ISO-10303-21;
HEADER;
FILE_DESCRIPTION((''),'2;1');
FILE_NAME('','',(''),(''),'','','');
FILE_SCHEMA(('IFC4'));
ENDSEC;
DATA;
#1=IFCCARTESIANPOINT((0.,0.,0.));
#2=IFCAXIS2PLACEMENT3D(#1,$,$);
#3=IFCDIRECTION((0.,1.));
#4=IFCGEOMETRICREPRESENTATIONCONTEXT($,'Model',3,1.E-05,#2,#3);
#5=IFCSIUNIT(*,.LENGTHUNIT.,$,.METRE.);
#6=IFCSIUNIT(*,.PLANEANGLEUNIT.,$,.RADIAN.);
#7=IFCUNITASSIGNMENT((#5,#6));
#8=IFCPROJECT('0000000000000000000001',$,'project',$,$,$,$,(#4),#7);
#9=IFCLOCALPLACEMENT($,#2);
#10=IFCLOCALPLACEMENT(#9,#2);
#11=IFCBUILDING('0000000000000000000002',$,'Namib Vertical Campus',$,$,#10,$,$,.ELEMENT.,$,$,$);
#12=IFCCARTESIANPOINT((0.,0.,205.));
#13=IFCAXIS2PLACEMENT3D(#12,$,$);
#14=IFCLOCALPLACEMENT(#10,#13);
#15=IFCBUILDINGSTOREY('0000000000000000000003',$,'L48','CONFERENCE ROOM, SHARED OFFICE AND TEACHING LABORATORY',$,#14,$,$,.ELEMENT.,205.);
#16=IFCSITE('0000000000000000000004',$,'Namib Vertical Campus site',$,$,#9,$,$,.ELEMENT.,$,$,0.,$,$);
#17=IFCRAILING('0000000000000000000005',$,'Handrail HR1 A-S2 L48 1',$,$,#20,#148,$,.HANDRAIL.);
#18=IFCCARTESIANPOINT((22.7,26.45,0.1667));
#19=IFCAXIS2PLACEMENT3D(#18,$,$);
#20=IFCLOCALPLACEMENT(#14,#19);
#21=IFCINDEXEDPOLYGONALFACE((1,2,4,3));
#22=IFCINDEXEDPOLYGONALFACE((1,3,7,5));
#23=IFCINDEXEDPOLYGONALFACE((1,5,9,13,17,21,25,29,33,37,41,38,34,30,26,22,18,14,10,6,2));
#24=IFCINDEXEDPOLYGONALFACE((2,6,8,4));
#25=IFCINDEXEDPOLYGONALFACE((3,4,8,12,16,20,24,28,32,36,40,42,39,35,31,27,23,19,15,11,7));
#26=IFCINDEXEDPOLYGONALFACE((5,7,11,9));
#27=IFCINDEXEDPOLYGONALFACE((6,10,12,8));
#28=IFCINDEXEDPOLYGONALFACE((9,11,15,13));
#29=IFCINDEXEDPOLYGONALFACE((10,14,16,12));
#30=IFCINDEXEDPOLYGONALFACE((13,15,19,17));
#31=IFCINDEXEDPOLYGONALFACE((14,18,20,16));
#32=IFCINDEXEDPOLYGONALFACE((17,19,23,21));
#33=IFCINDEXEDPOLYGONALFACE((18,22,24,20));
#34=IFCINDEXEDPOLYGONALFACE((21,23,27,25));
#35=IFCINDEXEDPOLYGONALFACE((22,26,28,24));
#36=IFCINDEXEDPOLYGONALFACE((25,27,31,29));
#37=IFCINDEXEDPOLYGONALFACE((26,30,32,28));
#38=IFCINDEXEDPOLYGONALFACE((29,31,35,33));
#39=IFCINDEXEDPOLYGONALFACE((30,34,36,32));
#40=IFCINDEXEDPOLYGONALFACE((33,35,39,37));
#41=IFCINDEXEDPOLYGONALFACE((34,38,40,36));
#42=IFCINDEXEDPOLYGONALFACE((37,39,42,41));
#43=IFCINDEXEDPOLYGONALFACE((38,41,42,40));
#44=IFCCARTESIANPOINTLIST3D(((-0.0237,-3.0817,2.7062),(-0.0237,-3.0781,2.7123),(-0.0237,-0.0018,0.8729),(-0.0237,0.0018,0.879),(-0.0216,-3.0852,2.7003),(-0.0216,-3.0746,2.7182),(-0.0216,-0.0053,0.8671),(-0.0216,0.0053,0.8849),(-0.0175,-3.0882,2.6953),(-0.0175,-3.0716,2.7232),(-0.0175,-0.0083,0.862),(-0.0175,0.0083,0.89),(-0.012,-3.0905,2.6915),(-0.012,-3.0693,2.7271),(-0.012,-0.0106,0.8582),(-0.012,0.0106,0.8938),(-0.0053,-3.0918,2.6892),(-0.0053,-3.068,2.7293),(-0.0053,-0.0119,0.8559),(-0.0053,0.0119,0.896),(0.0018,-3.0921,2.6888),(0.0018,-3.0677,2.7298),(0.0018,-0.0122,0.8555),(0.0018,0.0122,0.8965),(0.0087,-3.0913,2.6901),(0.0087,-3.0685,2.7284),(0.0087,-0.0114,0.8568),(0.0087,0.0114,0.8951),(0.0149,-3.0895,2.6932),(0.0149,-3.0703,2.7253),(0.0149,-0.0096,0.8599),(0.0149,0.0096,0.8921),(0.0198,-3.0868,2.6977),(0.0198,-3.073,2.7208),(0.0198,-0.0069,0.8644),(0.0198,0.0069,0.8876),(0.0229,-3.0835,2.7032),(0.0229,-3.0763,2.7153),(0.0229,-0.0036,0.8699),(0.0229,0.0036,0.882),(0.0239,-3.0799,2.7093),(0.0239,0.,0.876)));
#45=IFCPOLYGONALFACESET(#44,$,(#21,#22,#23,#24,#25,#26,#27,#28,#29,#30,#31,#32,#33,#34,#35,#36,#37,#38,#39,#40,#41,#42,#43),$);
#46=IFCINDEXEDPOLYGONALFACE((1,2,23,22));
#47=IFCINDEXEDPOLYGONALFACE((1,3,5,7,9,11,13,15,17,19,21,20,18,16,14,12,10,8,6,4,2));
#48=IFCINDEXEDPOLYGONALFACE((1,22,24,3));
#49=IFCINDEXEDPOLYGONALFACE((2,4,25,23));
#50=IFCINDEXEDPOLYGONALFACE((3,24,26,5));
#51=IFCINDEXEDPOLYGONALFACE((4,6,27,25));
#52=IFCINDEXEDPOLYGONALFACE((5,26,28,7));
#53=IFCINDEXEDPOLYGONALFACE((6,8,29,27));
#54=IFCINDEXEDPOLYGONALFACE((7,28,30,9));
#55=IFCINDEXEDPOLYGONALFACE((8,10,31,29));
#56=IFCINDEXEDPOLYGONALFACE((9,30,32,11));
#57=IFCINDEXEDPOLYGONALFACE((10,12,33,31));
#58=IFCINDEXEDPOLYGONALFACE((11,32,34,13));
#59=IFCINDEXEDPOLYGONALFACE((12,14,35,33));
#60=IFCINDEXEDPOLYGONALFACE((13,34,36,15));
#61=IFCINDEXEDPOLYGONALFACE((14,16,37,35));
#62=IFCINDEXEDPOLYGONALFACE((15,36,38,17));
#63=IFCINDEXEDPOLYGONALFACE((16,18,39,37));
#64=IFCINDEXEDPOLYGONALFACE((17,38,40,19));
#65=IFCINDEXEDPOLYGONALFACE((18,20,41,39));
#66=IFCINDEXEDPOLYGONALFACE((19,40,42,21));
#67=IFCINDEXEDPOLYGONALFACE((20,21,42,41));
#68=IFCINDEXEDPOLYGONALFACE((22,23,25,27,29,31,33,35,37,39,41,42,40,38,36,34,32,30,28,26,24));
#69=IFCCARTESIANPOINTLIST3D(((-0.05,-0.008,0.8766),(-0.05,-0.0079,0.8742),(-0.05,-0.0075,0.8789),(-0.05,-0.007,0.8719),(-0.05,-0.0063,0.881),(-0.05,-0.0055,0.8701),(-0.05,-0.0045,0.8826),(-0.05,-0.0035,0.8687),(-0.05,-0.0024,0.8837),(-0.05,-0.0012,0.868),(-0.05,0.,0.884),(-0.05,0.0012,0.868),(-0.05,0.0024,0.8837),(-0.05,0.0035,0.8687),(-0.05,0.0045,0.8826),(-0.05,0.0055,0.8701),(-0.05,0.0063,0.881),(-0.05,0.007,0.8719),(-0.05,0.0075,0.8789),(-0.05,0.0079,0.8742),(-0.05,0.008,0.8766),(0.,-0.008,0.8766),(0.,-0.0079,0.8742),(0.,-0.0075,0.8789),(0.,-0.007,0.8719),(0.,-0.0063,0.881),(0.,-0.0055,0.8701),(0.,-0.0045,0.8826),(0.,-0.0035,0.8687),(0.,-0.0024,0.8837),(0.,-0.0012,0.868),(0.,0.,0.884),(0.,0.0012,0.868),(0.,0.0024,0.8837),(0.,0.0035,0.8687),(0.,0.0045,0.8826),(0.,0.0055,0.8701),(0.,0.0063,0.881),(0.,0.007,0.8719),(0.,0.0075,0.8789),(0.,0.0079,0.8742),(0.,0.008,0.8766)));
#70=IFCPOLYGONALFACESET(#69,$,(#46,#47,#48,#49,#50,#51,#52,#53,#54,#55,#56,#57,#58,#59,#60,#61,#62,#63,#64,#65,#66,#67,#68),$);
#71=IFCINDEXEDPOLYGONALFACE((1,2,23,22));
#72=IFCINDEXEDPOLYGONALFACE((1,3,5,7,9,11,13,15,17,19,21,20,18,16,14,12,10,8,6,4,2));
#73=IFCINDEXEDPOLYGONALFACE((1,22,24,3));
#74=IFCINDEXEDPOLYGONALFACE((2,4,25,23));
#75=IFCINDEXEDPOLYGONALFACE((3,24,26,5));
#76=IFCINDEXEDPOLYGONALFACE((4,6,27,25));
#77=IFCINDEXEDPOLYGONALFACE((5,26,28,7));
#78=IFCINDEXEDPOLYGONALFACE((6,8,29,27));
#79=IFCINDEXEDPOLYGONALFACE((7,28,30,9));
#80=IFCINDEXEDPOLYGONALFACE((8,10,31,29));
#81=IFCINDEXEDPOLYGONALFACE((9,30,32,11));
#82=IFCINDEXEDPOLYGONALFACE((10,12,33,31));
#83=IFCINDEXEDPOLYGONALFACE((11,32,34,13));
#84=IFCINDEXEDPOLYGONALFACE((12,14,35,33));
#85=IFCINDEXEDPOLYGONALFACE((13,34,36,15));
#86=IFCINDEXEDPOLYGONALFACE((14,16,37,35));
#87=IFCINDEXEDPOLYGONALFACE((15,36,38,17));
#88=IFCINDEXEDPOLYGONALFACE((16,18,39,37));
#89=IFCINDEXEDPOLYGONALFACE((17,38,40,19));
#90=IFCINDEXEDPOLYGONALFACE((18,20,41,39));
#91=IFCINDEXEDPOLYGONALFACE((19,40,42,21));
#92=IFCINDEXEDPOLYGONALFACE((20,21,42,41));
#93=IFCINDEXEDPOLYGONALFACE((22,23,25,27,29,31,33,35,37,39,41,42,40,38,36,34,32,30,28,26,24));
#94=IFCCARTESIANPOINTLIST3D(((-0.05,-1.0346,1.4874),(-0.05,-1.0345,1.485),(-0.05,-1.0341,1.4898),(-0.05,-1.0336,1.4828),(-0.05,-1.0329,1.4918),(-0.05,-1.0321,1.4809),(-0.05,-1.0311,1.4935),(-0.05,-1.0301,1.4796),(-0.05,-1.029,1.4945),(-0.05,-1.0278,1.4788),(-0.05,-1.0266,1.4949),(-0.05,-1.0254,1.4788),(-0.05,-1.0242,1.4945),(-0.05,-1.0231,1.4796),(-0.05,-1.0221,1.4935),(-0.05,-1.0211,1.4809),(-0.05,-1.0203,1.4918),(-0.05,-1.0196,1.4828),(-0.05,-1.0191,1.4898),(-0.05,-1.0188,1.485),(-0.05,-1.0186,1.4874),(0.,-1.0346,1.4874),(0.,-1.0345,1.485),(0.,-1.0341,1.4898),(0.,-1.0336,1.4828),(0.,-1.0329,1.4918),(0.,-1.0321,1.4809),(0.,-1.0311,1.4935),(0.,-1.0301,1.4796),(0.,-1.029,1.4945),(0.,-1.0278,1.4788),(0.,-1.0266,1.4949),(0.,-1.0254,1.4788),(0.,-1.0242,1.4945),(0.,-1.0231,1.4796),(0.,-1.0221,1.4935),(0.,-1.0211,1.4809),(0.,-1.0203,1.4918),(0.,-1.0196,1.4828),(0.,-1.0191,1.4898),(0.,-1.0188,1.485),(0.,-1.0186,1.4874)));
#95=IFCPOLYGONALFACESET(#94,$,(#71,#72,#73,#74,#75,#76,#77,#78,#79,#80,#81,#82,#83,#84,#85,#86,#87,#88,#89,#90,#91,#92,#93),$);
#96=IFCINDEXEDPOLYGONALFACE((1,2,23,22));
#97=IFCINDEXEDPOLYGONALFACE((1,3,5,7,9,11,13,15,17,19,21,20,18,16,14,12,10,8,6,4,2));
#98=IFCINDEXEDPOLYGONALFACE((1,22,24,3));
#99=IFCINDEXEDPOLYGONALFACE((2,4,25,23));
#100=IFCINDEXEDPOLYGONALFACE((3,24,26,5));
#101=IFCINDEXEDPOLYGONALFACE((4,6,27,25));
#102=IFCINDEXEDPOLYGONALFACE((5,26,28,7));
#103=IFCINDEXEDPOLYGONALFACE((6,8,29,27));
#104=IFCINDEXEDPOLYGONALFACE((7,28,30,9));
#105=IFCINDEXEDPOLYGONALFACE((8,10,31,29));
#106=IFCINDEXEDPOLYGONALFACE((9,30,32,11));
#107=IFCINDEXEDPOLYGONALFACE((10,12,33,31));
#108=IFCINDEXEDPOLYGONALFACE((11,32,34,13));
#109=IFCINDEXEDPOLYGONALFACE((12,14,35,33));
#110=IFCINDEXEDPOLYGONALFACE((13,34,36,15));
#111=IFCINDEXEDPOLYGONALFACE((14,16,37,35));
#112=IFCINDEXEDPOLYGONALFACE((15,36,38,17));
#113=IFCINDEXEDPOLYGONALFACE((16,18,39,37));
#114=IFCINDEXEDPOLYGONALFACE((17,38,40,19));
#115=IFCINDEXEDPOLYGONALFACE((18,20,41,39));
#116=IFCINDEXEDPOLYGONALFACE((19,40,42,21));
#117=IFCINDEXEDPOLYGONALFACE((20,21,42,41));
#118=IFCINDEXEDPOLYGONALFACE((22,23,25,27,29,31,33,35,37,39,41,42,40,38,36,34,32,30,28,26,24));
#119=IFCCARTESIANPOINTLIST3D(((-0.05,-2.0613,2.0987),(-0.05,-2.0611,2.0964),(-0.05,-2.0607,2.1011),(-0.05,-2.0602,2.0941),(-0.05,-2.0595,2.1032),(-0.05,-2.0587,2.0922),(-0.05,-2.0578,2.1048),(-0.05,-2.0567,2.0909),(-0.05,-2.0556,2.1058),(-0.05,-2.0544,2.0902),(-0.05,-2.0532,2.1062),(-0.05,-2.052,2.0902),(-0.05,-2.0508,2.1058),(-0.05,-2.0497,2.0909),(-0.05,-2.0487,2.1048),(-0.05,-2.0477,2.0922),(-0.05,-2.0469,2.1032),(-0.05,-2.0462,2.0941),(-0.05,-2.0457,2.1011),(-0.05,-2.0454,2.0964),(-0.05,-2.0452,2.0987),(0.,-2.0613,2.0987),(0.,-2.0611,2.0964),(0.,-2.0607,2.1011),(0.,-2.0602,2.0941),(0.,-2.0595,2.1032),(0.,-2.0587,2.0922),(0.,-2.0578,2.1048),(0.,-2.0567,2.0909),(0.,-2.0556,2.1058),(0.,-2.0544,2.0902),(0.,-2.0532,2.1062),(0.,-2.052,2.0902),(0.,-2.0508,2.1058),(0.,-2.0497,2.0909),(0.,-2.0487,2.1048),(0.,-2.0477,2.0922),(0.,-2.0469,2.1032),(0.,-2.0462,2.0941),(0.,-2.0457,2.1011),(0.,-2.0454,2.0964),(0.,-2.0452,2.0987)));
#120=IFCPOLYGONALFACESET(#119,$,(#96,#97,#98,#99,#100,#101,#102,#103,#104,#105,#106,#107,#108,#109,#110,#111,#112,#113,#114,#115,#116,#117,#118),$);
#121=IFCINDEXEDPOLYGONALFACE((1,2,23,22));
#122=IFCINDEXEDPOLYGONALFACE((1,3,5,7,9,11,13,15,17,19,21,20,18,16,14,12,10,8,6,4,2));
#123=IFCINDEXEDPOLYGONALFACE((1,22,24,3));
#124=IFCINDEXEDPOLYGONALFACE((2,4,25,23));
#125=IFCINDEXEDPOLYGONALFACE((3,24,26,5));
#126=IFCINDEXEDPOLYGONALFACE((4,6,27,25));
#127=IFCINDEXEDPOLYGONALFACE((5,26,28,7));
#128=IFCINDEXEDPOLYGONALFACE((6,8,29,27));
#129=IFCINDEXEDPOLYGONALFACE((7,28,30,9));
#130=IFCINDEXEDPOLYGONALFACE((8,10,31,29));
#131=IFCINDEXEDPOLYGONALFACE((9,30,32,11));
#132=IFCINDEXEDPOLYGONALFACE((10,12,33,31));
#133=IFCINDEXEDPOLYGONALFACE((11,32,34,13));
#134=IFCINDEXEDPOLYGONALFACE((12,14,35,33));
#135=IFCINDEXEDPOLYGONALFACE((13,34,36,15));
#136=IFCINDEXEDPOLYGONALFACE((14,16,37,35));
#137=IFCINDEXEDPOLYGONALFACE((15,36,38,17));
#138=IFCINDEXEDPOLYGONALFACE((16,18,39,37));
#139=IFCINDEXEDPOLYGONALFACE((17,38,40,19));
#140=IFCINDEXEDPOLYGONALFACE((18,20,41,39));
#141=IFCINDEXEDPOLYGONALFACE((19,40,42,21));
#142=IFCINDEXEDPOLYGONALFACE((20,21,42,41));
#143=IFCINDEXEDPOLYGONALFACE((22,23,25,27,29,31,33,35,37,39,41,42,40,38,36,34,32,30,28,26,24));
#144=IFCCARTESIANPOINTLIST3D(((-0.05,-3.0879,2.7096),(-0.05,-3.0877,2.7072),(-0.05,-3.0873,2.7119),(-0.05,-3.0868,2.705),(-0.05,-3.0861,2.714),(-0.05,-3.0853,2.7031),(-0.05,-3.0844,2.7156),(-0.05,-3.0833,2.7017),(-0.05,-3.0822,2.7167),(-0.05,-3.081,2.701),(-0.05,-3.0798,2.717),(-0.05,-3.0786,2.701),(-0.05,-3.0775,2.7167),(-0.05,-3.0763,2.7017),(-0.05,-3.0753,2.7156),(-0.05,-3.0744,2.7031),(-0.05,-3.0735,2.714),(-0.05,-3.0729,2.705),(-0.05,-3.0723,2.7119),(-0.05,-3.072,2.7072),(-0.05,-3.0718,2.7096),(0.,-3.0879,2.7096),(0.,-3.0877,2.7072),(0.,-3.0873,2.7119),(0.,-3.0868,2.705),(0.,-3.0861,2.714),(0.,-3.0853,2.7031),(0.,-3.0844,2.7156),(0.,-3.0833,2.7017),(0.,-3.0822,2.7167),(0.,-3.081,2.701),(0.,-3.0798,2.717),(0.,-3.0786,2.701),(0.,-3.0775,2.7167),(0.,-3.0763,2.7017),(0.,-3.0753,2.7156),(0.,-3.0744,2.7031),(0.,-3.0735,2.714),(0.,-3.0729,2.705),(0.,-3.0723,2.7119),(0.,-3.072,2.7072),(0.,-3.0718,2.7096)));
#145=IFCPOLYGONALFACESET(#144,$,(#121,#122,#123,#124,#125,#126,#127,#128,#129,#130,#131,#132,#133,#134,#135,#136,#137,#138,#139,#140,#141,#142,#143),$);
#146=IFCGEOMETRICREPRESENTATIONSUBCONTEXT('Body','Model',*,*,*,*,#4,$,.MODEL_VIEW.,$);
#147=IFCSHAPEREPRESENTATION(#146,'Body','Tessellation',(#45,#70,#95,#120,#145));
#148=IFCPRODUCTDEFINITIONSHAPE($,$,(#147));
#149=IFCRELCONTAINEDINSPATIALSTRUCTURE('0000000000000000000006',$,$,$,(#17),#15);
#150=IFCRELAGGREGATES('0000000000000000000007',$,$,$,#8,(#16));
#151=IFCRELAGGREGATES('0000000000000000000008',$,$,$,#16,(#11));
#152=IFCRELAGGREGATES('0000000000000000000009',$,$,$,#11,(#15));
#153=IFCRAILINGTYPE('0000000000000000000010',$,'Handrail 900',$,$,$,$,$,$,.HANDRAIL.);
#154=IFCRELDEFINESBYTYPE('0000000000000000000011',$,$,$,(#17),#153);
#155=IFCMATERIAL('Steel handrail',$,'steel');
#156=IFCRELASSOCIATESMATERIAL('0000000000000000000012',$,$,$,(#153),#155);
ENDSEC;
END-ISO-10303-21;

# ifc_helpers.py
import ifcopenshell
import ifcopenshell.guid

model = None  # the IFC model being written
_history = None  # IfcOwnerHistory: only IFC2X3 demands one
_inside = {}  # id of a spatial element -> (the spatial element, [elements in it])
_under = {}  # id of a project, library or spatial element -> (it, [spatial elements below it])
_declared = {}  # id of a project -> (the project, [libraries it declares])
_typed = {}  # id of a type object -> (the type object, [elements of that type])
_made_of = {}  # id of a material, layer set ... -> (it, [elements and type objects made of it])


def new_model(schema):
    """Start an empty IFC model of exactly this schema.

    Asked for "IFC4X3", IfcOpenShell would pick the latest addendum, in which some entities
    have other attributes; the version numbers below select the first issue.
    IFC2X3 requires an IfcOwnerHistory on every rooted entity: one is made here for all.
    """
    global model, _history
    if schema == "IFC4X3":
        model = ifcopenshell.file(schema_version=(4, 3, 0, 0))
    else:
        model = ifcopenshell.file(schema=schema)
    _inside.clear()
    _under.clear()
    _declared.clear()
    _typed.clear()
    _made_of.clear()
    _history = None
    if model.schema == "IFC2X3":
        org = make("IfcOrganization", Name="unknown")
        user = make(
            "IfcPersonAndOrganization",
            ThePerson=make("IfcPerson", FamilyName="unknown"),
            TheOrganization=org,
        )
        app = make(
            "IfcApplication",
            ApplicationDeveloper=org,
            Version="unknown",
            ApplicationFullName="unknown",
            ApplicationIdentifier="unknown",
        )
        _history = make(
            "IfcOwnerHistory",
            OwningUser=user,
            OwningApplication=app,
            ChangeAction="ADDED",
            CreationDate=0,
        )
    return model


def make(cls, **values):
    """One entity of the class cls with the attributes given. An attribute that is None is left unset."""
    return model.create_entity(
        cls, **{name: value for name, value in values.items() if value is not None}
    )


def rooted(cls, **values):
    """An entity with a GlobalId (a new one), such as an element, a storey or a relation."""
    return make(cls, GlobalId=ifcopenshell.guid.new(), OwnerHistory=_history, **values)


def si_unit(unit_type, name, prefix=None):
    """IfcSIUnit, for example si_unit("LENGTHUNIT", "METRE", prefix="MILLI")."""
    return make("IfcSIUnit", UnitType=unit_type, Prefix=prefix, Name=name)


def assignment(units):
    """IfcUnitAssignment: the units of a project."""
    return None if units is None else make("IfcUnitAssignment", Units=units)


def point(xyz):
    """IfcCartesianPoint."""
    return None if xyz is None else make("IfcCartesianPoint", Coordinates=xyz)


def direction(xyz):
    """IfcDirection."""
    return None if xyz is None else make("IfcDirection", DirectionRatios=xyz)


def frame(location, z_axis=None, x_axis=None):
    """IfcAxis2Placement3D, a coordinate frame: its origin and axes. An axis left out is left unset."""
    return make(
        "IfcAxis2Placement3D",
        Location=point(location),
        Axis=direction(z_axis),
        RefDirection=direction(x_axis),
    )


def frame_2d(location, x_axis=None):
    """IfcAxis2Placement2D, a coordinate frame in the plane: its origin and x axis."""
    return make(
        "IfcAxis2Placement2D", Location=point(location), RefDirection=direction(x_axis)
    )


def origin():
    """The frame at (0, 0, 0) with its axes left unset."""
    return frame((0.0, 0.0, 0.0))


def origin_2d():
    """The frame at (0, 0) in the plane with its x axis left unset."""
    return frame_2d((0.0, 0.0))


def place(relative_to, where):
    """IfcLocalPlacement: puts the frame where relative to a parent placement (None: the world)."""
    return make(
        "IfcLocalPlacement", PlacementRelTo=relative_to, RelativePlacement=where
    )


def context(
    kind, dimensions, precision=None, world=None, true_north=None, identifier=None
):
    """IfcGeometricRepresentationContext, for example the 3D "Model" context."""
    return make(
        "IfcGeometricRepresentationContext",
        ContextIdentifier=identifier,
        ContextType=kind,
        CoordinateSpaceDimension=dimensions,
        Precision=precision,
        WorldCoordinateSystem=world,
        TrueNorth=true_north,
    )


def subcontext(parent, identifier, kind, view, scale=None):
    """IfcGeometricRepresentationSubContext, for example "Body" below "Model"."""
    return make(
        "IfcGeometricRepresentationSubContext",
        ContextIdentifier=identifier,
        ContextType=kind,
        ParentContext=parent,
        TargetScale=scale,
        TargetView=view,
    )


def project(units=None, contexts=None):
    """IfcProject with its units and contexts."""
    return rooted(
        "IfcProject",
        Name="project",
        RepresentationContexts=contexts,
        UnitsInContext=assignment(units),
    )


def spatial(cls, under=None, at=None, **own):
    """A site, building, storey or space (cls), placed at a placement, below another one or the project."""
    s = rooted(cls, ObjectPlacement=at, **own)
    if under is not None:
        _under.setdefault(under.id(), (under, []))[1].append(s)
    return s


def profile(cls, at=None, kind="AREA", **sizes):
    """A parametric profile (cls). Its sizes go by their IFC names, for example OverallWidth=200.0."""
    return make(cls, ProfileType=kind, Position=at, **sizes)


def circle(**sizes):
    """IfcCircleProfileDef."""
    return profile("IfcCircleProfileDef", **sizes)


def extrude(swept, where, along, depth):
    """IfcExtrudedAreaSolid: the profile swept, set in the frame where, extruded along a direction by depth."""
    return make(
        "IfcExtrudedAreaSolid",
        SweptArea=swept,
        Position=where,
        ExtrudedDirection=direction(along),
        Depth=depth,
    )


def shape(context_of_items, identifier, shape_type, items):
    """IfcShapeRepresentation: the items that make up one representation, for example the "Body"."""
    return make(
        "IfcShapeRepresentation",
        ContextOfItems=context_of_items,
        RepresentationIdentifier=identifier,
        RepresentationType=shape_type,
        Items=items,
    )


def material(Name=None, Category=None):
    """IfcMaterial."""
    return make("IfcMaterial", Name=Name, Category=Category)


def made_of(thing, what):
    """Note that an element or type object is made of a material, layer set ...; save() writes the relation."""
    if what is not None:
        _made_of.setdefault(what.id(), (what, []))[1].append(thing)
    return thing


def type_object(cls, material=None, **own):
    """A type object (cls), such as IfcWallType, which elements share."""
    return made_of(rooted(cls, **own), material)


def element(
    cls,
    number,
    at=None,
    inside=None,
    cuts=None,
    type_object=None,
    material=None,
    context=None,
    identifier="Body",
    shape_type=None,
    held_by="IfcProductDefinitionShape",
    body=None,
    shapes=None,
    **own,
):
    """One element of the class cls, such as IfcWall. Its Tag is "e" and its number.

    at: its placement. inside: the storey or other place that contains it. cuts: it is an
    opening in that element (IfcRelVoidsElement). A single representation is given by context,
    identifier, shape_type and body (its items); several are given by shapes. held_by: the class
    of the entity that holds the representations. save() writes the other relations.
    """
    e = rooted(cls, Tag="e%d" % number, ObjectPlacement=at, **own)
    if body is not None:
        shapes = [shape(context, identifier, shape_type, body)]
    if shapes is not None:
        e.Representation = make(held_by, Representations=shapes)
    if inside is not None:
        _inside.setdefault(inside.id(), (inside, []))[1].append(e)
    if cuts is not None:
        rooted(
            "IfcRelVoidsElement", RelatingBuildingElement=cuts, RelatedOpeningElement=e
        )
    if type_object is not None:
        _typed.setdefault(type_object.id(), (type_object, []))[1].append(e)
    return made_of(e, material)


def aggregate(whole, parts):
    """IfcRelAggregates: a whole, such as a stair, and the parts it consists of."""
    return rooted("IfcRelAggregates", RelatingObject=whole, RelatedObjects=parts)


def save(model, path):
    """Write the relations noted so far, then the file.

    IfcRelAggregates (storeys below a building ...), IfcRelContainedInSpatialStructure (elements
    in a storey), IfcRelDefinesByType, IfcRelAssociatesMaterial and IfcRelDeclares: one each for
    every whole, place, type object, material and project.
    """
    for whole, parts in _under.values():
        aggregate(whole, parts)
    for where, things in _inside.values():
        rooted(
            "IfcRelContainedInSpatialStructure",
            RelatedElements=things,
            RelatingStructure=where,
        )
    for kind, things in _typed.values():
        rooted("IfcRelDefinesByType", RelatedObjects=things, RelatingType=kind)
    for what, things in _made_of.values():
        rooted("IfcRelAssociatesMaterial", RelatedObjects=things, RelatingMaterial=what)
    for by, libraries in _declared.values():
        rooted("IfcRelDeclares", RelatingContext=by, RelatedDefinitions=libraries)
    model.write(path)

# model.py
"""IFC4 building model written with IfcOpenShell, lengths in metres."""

from ifc_helpers import new_model, si_unit, direction, frame, origin, origin_2d, place, context, subcontext, project, spatial, circle, extrude, material, type_object, element, save


model = new_model("IFC4")

# Units and contexts
model_context = context("Model", 3, precision=1e-05, world=origin(), true_north=direction((0.0, 1.0)))
body_context = subcontext(model_context, "Body", "Model", "MODEL_VIEW")
ifc_project = project(units=[si_unit("LENGTHUNIT", "METRE"), si_unit("PLANEANGLEUNIT", "RADIAN")], contexts=[model_context])

# Site, building, storey
site_placement = place(None, origin())
site = spatial("IfcSite", under=ifc_project, at=site_placement, Name="Namib Vertical Campus site", CompositionType="ELEMENT", RefElevation=0.0)
building_placement = place(site_placement, origin())
building = spatial("IfcBuilding", under=site, at=building_placement, Name="Namib Vertical Campus", CompositionType="ELEMENT")
storey_placement = place(building_placement, frame((0.0, 0.0, 205.0)))
storey = spatial("IfcBuildingStorey", under=building, at=storey_placement, Name="L48", Description="CONFERENCE ROOM, SHARED OFFICE AND TEACHING LABORATORY", CompositionType="ELEMENT", Elevation=205.0)

# Railing
ifc_material_1 = material(Name="Steel handrail", Category="steel")
railing_type_1 = type_object("IfcRailingType", Name="Handrail 900", PredefinedType="HANDRAIL", material=ifc_material_1)
railing_1_placement = place(storey_placement, frame((22.7, 26.45, 0.1667)))
element("IfcRailing", 1, at=railing_1_placement, inside=storey, type_object=railing_type_1, Name="Handrail HR1 A-S2 L48 1", PredefinedType="HANDRAIL", context=body_context, shape_type="SweptSolid", body=[
    extrude(circle(Radius=0.0239, at=origin_2d()), frame((0.0, 0.0, 0.876), z_axis=(0.0, -0.859291, 0.511487), x_axis=(1.0, 0.0, 0.0)), (0.0, 0.0, 1.0), 3.5842),
    extrude(circle(Radius=0.0081, at=origin_2d()), frame((0.0, 0.0, 0.876), z_axis=(-1.0, 0.0, 0.0), x_axis=(0.0, 0.0, 1.0)), (0.0, 0.0, 1.0), 0.05),
    extrude(circle(Radius=0.0081, at=origin_2d()), frame((0.0, -1.0266, 1.4868), z_axis=(-1.0, 0.0, 0.0), x_axis=(0.0, 0.0, 1.0)), (0.0, 0.0, 1.0), 0.05),
    extrude(circle(Radius=0.0081, at=origin_2d()), frame((0.0, -2.0532, 2.0981), z_axis=(-1.0, 0.0, 0.0), x_axis=(0.0, 0.0, 1.0)), (0.0, 0.0, 1.0), 0.05),
    extrude(circle(Radius=0.0081, at=origin_2d()), frame((0.0, -3.0798, 2.709), z_axis=(-1.0, 0.0, 0.0), x_axis=(0.0, 0.0, 1.0)), (0.0, 0.0, 1.0), 0.05),
])

save(model, "model.ifc")
